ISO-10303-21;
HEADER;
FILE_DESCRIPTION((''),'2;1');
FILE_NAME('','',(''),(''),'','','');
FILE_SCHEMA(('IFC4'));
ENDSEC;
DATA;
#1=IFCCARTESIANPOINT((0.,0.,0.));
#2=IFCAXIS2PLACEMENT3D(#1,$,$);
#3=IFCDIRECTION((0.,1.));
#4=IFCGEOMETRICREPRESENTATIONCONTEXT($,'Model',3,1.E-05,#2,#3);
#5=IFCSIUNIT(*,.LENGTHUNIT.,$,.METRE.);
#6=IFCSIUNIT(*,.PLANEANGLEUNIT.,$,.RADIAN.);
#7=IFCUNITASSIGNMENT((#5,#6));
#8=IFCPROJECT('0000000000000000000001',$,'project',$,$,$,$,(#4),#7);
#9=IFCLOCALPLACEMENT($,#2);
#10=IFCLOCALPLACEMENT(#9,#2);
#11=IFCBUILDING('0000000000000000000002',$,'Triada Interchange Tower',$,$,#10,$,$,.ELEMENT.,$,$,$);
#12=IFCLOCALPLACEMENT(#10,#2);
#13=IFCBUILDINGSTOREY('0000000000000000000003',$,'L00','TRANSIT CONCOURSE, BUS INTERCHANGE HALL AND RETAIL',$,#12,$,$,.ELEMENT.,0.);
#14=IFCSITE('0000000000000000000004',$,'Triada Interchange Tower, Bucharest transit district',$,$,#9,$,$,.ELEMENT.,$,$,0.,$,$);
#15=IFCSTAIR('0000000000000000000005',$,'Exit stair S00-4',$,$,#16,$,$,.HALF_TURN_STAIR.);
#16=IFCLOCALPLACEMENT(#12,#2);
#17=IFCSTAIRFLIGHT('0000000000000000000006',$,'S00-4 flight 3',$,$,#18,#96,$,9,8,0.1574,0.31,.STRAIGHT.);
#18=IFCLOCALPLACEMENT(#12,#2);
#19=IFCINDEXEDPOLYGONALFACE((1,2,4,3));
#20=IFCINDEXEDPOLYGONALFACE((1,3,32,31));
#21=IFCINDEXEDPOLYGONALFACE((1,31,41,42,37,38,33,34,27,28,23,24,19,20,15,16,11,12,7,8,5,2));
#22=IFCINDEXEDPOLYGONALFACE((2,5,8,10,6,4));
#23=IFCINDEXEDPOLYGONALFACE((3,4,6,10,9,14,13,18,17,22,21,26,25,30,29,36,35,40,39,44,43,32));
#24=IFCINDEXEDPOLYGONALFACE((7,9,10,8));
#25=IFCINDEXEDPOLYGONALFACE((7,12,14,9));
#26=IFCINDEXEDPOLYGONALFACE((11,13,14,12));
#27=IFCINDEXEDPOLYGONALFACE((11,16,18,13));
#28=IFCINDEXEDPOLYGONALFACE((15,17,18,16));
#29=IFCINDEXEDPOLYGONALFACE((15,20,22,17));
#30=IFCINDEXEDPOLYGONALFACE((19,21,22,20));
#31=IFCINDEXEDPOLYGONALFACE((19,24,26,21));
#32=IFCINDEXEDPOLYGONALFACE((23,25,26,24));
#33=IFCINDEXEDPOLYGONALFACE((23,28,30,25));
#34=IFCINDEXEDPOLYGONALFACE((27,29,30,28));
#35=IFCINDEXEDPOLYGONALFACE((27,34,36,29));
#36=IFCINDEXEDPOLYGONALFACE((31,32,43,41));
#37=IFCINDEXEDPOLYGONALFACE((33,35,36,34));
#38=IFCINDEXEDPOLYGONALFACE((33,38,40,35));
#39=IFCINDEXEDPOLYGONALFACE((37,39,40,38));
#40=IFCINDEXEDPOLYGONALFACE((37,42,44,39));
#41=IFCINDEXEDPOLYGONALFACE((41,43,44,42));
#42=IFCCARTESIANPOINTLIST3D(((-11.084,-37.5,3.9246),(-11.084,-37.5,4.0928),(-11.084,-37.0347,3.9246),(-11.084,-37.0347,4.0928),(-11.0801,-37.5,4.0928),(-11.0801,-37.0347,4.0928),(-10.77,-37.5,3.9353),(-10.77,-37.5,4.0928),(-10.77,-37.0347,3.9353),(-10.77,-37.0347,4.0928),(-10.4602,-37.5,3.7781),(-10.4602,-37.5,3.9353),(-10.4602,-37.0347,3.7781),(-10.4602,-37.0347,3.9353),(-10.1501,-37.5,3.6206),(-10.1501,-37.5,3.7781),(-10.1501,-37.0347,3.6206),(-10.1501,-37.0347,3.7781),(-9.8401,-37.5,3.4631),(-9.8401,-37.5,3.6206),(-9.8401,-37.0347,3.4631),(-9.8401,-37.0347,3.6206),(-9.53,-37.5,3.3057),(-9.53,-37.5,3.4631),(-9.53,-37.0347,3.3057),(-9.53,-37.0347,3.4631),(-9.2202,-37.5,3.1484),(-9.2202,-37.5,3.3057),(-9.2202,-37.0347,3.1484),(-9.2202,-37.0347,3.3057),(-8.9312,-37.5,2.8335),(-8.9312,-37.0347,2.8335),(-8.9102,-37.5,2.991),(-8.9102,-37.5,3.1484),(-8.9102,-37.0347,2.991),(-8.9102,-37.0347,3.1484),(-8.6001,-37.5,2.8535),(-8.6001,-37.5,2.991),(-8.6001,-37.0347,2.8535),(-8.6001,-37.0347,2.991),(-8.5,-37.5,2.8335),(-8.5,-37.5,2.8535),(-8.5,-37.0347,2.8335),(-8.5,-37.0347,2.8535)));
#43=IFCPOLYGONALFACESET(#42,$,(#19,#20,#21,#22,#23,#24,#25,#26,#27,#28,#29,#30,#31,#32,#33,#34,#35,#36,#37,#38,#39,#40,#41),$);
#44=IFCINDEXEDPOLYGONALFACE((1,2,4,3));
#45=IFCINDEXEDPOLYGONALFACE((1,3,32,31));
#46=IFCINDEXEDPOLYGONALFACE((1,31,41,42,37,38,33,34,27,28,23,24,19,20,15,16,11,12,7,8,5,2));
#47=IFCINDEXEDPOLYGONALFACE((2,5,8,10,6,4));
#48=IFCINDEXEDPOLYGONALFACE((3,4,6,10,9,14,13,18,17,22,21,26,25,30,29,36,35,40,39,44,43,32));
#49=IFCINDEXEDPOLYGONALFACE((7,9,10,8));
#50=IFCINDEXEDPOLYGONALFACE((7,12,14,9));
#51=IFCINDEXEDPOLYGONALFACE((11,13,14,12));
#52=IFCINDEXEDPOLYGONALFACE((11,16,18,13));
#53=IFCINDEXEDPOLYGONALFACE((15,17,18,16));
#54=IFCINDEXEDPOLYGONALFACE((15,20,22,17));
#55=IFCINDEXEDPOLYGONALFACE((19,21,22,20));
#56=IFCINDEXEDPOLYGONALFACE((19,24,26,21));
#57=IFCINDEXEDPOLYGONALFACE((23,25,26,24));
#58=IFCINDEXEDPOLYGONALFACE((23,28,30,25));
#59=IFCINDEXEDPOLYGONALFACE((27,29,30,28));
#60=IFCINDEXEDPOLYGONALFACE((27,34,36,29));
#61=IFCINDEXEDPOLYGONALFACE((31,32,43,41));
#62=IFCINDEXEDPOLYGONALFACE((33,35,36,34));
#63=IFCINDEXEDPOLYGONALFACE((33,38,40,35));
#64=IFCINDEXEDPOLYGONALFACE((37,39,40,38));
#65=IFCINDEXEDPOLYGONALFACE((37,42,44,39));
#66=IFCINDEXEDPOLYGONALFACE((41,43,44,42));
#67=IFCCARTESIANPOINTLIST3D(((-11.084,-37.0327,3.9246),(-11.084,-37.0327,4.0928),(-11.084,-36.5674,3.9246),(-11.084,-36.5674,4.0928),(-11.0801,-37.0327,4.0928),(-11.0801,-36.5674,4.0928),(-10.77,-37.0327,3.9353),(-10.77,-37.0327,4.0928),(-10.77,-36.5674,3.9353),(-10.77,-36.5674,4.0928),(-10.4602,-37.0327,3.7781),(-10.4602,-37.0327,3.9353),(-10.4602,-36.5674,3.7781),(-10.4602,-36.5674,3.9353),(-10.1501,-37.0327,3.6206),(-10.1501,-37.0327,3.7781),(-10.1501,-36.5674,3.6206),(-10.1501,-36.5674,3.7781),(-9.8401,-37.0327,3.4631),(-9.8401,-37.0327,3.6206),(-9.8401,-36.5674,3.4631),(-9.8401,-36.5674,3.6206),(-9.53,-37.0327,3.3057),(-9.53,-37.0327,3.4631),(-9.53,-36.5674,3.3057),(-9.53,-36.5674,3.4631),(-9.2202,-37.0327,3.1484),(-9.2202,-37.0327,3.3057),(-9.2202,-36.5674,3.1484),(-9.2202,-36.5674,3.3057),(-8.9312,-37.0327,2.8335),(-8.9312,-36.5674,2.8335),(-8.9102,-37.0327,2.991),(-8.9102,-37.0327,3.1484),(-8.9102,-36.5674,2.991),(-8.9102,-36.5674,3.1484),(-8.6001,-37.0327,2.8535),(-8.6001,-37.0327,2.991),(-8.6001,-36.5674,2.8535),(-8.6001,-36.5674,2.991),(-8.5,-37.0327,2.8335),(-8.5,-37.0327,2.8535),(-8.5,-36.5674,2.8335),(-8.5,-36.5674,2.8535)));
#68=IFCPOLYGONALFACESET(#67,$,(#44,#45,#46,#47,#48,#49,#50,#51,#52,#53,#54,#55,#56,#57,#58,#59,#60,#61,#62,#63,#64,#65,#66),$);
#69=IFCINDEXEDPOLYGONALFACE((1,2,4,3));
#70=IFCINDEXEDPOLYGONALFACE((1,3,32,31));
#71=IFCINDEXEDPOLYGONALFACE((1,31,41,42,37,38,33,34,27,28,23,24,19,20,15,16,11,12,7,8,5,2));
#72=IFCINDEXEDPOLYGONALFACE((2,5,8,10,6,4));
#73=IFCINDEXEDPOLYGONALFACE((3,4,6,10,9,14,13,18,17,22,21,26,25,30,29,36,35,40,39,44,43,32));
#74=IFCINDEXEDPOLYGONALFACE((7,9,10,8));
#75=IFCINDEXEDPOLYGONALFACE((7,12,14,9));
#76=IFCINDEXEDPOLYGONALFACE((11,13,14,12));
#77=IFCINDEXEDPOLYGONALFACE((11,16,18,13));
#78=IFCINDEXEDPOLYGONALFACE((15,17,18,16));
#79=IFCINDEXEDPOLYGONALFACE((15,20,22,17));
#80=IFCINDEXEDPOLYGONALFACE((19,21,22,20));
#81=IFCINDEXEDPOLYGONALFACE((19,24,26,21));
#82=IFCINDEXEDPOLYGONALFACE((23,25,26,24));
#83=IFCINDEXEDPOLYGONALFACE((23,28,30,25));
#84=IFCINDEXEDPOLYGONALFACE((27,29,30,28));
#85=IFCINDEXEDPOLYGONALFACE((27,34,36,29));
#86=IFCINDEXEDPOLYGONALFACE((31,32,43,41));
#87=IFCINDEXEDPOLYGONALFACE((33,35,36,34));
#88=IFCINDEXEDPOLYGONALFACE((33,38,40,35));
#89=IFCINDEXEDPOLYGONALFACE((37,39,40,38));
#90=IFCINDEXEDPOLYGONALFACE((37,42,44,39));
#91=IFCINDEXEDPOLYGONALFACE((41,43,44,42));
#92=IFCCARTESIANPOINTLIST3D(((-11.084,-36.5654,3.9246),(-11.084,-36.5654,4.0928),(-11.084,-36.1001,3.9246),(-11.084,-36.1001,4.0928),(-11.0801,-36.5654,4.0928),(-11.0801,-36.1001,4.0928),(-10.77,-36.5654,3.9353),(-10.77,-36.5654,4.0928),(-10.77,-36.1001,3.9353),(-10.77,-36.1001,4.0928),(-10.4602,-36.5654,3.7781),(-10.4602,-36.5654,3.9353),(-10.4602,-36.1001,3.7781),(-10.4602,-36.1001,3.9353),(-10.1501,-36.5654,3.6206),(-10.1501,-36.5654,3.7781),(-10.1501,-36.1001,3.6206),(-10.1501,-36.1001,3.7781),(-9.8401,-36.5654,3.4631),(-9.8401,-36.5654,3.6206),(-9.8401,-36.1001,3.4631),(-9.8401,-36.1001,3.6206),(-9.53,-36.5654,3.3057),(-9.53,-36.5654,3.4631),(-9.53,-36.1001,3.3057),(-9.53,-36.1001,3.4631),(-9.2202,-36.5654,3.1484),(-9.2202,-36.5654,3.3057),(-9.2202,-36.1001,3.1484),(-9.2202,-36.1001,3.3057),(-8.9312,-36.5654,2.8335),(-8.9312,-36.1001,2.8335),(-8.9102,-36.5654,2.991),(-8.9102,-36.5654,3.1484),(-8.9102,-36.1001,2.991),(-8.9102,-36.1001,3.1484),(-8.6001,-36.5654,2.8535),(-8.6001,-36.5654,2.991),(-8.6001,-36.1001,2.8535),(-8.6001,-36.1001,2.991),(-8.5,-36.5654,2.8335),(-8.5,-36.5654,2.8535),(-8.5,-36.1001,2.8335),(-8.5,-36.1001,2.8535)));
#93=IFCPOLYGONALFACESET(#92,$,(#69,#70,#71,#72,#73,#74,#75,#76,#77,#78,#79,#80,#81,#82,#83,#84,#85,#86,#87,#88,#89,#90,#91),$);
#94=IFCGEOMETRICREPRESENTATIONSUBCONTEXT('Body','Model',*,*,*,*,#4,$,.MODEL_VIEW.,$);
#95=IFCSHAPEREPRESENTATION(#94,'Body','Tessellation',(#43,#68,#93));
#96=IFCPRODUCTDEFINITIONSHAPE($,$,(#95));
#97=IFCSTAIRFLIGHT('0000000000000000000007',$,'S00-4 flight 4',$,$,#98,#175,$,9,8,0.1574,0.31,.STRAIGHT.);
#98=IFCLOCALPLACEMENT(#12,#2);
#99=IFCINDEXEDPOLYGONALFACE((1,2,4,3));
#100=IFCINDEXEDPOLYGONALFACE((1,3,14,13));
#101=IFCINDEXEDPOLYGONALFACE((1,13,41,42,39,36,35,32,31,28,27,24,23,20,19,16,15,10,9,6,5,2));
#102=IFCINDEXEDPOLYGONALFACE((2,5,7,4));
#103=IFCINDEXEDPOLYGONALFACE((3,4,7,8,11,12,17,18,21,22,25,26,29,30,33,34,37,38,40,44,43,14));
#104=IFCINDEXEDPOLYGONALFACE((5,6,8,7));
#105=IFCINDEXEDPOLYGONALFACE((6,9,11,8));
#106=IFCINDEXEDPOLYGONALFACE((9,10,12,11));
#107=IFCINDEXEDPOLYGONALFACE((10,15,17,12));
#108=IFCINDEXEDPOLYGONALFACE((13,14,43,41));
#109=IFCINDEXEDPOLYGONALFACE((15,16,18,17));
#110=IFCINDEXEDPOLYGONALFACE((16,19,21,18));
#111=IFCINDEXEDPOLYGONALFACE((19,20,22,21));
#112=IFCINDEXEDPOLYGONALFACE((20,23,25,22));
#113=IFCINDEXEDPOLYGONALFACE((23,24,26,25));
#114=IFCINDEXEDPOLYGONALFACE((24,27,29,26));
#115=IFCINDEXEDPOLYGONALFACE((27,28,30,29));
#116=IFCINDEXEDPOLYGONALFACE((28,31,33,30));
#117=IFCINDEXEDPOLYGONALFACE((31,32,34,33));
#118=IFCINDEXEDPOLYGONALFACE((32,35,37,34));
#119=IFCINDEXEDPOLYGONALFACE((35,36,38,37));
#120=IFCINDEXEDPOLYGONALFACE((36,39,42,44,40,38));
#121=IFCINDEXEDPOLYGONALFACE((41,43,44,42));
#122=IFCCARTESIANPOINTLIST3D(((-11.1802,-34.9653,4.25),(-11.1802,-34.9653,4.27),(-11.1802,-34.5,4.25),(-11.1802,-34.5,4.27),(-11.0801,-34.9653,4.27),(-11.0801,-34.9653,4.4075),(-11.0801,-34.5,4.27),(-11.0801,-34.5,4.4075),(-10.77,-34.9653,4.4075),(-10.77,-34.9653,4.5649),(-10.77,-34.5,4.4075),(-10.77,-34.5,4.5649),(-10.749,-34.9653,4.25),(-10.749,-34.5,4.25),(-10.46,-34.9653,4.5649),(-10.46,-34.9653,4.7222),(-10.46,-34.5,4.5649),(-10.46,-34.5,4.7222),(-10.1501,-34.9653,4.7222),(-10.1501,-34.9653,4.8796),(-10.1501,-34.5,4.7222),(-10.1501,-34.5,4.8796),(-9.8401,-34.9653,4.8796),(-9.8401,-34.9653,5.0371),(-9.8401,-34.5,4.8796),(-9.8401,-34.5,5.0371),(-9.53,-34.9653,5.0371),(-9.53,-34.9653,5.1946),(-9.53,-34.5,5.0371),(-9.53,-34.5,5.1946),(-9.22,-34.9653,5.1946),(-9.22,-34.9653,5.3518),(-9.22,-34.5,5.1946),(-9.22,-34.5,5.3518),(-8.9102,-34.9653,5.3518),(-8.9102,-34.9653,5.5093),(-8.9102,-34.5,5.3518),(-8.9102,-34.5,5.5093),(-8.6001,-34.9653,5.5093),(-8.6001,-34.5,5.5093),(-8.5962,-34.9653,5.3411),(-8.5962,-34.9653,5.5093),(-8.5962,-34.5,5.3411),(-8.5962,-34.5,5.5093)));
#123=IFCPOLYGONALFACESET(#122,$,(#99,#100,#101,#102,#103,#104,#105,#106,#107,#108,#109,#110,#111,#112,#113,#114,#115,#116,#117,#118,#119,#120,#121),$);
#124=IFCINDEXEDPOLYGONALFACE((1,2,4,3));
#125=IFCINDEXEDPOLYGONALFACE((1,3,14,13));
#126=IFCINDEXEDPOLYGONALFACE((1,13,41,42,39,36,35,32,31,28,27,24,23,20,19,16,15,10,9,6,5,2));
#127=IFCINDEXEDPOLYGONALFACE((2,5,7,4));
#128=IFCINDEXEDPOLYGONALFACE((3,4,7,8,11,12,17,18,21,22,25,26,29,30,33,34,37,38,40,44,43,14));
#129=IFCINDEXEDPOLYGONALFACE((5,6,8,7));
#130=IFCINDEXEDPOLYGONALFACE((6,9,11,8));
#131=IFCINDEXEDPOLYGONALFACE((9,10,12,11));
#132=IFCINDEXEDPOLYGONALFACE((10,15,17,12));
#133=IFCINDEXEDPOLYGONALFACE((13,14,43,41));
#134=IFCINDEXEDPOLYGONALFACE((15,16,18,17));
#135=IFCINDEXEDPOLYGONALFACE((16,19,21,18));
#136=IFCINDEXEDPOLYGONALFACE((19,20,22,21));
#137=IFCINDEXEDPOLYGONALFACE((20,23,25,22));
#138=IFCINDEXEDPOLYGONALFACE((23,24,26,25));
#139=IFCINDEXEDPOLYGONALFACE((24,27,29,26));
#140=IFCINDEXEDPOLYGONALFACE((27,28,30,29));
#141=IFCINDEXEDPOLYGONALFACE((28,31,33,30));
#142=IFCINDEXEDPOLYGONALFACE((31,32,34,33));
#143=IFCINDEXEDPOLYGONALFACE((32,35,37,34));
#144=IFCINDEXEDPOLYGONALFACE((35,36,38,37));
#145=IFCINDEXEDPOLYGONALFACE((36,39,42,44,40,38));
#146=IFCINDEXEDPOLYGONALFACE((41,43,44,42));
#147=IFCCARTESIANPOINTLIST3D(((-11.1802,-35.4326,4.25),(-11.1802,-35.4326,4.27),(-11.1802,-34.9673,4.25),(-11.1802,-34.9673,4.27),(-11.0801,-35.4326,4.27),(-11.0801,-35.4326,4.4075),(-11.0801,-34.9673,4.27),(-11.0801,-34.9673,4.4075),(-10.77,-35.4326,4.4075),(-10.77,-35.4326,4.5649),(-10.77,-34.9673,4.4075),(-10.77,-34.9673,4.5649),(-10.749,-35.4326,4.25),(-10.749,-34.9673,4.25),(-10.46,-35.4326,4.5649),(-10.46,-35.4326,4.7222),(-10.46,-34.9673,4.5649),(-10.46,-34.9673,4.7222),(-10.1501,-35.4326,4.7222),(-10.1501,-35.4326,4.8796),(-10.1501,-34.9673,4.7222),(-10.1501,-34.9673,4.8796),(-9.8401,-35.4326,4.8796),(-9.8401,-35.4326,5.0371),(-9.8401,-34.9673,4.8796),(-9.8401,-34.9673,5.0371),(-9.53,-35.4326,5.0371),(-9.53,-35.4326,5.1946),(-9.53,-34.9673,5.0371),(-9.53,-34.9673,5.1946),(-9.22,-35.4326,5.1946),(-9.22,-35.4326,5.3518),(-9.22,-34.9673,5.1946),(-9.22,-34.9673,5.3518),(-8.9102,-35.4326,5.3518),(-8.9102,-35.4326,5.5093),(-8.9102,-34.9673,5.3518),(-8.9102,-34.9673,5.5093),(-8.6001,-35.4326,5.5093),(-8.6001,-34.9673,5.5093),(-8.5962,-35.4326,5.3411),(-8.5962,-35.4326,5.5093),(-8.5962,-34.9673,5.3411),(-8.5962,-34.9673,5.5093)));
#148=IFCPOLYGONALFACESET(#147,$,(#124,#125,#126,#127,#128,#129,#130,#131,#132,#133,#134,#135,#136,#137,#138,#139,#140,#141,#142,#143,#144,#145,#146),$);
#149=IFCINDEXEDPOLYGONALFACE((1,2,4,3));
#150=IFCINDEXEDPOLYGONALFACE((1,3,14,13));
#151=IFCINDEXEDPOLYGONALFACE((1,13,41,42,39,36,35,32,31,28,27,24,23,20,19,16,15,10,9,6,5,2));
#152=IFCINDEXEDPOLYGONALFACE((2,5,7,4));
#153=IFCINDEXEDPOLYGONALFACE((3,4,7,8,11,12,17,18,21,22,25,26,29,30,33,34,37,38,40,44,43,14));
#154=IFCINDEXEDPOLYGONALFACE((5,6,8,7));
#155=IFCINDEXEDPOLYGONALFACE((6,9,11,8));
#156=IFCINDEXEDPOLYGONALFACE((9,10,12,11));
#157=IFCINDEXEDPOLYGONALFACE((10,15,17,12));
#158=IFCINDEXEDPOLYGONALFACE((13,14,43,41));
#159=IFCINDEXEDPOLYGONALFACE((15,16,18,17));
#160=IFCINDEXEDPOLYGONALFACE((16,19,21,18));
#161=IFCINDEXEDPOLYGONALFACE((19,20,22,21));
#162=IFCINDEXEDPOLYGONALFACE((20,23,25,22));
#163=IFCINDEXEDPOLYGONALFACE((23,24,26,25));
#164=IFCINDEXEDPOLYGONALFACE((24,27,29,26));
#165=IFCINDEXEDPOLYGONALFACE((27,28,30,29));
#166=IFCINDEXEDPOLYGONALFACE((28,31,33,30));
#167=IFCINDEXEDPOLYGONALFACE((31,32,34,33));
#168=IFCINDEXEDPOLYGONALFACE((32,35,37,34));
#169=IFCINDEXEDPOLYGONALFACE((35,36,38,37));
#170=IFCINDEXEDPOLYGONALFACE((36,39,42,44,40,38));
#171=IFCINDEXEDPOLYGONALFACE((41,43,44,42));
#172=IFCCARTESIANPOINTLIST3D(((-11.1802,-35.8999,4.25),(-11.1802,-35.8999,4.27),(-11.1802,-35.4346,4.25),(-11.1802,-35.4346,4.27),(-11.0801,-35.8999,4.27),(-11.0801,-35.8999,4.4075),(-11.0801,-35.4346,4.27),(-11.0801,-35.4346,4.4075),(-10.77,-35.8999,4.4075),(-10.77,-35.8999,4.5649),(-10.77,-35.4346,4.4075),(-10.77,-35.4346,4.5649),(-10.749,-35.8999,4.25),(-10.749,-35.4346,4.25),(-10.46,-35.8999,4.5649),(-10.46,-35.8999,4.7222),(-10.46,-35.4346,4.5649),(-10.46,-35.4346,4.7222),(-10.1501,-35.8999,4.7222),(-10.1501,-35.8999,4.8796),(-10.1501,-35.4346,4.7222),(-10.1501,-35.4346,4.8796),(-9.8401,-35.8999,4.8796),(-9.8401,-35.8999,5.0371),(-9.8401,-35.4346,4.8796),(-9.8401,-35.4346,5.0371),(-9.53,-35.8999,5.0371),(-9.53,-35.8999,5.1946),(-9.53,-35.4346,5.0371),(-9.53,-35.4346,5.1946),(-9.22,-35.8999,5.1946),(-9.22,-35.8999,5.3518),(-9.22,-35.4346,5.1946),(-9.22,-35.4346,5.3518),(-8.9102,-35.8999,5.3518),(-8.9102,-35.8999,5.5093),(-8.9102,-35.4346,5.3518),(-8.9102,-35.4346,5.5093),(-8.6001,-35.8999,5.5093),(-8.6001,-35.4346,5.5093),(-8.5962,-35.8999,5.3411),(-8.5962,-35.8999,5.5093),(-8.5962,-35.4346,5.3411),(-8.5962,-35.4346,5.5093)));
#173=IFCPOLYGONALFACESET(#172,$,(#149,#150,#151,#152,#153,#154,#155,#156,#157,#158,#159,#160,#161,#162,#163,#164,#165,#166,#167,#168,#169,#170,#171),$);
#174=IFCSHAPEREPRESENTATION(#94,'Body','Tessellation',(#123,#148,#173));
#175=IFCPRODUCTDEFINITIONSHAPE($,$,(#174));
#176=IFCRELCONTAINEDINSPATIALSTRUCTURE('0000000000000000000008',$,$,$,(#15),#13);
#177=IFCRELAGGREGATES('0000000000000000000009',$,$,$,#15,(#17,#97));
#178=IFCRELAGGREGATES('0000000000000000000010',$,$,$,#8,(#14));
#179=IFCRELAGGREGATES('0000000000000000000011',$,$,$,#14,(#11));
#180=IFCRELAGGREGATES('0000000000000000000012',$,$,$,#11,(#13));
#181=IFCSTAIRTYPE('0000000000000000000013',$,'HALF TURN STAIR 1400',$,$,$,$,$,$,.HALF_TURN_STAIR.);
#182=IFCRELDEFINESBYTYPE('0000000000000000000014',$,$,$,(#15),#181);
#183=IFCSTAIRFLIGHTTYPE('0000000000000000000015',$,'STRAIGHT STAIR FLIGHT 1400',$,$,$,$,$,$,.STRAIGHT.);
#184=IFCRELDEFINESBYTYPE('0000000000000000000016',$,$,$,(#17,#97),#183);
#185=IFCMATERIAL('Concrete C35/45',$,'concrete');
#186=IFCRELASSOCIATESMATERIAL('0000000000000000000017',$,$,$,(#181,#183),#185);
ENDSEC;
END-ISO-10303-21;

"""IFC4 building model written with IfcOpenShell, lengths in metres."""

from ifc_helpers import new_model, si_unit, direction, frame, origin, place, context, subcontext, project, spatial, polyline, outline, extrude, material, type_object, element, aggregate, save


model = new_model("IFC4")

# Units and contexts
model_context = context("Model", 3, precision=1e-05, world=origin(), true_north=direction((0.0, 1.0)))
body_context = subcontext(model_context, "Body", "Model", "MODEL_VIEW")
ifc_project = project(units=[si_unit("LENGTHUNIT", "METRE"), si_unit("PLANEANGLEUNIT", "RADIAN")], contexts=[model_context])

# Site, building, storey
site_placement = place(None, origin())
site = spatial("IfcSite", under=ifc_project, at=site_placement, Name="Triada Interchange Tower, Bucharest transit district", CompositionType="ELEMENT", RefElevation=0.0)
building_placement = place(site_placement, origin())
building = spatial("IfcBuilding", under=site, at=building_placement, Name="Triada Interchange Tower", CompositionType="ELEMENT")
storey_placement = place(building_placement, origin())
storey = spatial("IfcBuildingStorey", under=building, at=storey_placement, Name="L00", Description="TRANSIT CONCOURSE, BUS INTERCHANGE HALL AND RETAIL", CompositionType="ELEMENT", Elevation=0.0)

# Shared definitions
ifc_material_1 = material(Name="Concrete C35/45", Category="concrete")

# Stair, stair flights
stair_type = type_object("IfcStairType", Name="HALF TURN STAIR 1400", PredefinedType="HALF_TURN_STAIR", material=ifc_material_1)
stair_1_placement = place(storey_placement, origin())
stair_1 = element("IfcStair", 1, at=stair_1_placement, inside=storey, type_object=stair_type, Name="Exit stair S00-4", PredefinedType="HALF_TURN_STAIR")
stair_flight_type = type_object("IfcStairFlightType", Name="STRAIGHT STAIR FLIGHT 1400", PredefinedType="STRAIGHT", material=ifc_material_1)
stair_flight_1_placement = place(storey_placement, frame((-8.6001, -36.8, 2.8335), z_axis=(0.0, 0.0, 1.0), x_axis=(-1.0, 0.0, 0.0)))
stair_flight_1 = element("IfcStairFlight", 2, at=stair_flight_1_placement, type_object=stair_flight_type, Name="S00-4 flight 3", NumberOfRisers=9, NumberOfTreads=8, PredefinedType="STRAIGHT", RiserHeight=0.1574, TreadLength=0.31, context=body_context, shape_type="SweptSolid", body=[
    extrude(outline(polyline([(-0.1001, 0.0), (-0.1001, 0.02), (0.0, 0.02), (0.0, 0.1575), (0.3101, 0.1575), (0.3101, 0.3149), (0.6201, 0.3149), (0.6201, 0.4722), (0.9299, 0.4722), (0.9299, 0.6296), (1.24, 0.6296), (1.24, 0.7871), (1.55, 0.7871), (1.55, 0.9446), (1.8601, 0.9446), (1.8601, 1.1018), (2.1699, 1.1018), (2.1699, 1.2593), (2.48, 1.2593), (2.4839, 1.2593), (2.4839, 1.4167), (2.4839, 1.0911), (0.3311, 0.0), (-0.1001, 0.0)])), frame((0.0, 0.7, 0.0), z_axis=(0.0, -1.0, 0.0), x_axis=(1.0, 0.0, 0.0)), (0.0, 0.0, 1.0), 0.4653),
    extrude(outline(polyline([(-0.1001, 0.0), (-0.1001, 0.02), (0.0, 0.02), (0.0, 0.1575), (0.3101, 0.1575), (0.3101, 0.3149), (0.6201, 0.3149), (0.6201, 0.4722), (0.9299, 0.4722), (0.9299, 0.6296), (1.24, 0.6296), (1.24, 0.7871), (1.55, 0.7871), (1.55, 0.9446), (1.8601, 0.9446), (1.8601, 1.1018), (2.1699, 1.1018), (2.1699, 1.2593), (2.48, 1.2593), (2.4839, 1.2593), (2.4839, 1.4167), (2.4839, 1.0911), (0.3311, 0.0), (-0.1001, 0.0)])), frame((0.0, 0.2327, 0.0), z_axis=(0.0, -1.0, 0.0), x_axis=(1.0, 0.0, 0.0)), (0.0, 0.0, 1.0), 0.4653),
    extrude(outline(polyline([(-0.1001, 0.0), (-0.1001, 0.02), (0.0, 0.02), (0.0, 0.1575), (0.3101, 0.1575), (0.3101, 0.3149), (0.6201, 0.3149), (0.6201, 0.4722), (0.9299, 0.4722), (0.9299, 0.6296), (1.24, 0.6296), (1.24, 0.7871), (1.55, 0.7871), (1.55, 0.9446), (1.8601, 0.9446), (1.8601, 1.1018), (2.1699, 1.1018), (2.1699, 1.2593), (2.48, 1.2593), (2.4839, 1.2593), (2.4839, 1.4167), (2.4839, 1.0911), (0.3311, 0.0), (-0.1001, 0.0)])), frame((0.0, -0.2346, 0.0), z_axis=(0.0, -1.0, 0.0), x_axis=(1.0, 0.0, 0.0)), (0.0, 0.0, 1.0), 0.4653),
])
stair_flight_2_placement = place(storey_placement, frame((-11.0801, -35.2, 4.25), z_axis=(0.0, 0.0, 1.0), x_axis=(1.0, 0.0, 0.0)))
stair_flight_2 = element("IfcStairFlight", 3, at=stair_flight_2_placement, type_object=stair_flight_type, Name="S00-4 flight 4", NumberOfRisers=9, NumberOfTreads=8, PredefinedType="STRAIGHT", RiserHeight=0.1574, TreadLength=0.31, context=body_context, shape_type="SweptSolid", body=[
    extrude(outline(polyline([(-0.1001, 0.0), (-0.1001, 0.02), (0.0, 0.02), (0.0, 0.1575), (0.3101, 0.1575), (0.3101, 0.3149), (0.6201, 0.3149), (0.6201, 0.4722), (0.9299, 0.4722), (0.9299, 0.6296), (1.24, 0.6296), (1.24, 0.7871), (1.55, 0.7871), (1.55, 0.9446), (1.8601, 0.9446), (1.8601, 1.1018), (2.1699, 1.1018), (2.1699, 1.2593), (2.48, 1.2593), (2.4839, 1.2593), (2.4839, 1.4167), (2.4839, 1.0911), (0.3311, 0.0), (-0.1001, 0.0)])), frame((0.0, 0.7, 0.0), z_axis=(0.0, -1.0, 0.0), x_axis=(1.0, 0.0, 0.0)), (0.0, 0.0, 1.0), 0.4653),
    extrude(outline(polyline([(-0.1001, 0.0), (-0.1001, 0.02), (0.0, 0.02), (0.0, 0.1575), (0.3101, 0.1575), (0.3101, 0.3149), (0.6201, 0.3149), (0.6201, 0.4722), (0.9299, 0.4722), (0.9299, 0.6296), (1.24, 0.6296), (1.24, 0.7871), (1.55, 0.7871), (1.55, 0.9446), (1.8601, 0.9446), (1.8601, 1.1018), (2.1699, 1.1018), (2.1699, 1.2593), (2.48, 1.2593), (2.4839, 1.2593), (2.4839, 1.4167), (2.4839, 1.0911), (0.3311, 0.0), (-0.1001, 0.0)])), frame((0.0, 0.2327, 0.0), z_axis=(0.0, -1.0, 0.0), x_axis=(1.0, 0.0, 0.0)), (0.0, 0.0, 1.0), 0.4653),
    extrude(outline(polyline([(-0.1001, 0.0), (-0.1001, 0.02), (0.0, 0.02), (0.0, 0.1575), (0.3101, 0.1575), (0.3101, 0.3149), (0.6201, 0.3149), (0.6201, 0.4722), (0.9299, 0.4722), (0.9299, 0.6296), (1.24, 0.6296), (1.24, 0.7871), (1.55, 0.7871), (1.55, 0.9446), (1.8601, 0.9446), (1.8601, 1.1018), (2.1699, 1.1018), (2.1699, 1.2593), (2.48, 1.2593), (2.4839, 1.2593), (2.4839, 1.4167), (2.4839, 1.0911), (0.3311, 0.0), (-0.1001, 0.0)])), frame((0.0, -0.2346, 0.0), z_axis=(0.0, -1.0, 0.0), x_axis=(1.0, 0.0, 0.0)), (0.0, 0.0, 1.0), 0.4653),
])

aggregate(stair_1, [stair_flight_1, stair_flight_2])

save(model, "model.ifc")
